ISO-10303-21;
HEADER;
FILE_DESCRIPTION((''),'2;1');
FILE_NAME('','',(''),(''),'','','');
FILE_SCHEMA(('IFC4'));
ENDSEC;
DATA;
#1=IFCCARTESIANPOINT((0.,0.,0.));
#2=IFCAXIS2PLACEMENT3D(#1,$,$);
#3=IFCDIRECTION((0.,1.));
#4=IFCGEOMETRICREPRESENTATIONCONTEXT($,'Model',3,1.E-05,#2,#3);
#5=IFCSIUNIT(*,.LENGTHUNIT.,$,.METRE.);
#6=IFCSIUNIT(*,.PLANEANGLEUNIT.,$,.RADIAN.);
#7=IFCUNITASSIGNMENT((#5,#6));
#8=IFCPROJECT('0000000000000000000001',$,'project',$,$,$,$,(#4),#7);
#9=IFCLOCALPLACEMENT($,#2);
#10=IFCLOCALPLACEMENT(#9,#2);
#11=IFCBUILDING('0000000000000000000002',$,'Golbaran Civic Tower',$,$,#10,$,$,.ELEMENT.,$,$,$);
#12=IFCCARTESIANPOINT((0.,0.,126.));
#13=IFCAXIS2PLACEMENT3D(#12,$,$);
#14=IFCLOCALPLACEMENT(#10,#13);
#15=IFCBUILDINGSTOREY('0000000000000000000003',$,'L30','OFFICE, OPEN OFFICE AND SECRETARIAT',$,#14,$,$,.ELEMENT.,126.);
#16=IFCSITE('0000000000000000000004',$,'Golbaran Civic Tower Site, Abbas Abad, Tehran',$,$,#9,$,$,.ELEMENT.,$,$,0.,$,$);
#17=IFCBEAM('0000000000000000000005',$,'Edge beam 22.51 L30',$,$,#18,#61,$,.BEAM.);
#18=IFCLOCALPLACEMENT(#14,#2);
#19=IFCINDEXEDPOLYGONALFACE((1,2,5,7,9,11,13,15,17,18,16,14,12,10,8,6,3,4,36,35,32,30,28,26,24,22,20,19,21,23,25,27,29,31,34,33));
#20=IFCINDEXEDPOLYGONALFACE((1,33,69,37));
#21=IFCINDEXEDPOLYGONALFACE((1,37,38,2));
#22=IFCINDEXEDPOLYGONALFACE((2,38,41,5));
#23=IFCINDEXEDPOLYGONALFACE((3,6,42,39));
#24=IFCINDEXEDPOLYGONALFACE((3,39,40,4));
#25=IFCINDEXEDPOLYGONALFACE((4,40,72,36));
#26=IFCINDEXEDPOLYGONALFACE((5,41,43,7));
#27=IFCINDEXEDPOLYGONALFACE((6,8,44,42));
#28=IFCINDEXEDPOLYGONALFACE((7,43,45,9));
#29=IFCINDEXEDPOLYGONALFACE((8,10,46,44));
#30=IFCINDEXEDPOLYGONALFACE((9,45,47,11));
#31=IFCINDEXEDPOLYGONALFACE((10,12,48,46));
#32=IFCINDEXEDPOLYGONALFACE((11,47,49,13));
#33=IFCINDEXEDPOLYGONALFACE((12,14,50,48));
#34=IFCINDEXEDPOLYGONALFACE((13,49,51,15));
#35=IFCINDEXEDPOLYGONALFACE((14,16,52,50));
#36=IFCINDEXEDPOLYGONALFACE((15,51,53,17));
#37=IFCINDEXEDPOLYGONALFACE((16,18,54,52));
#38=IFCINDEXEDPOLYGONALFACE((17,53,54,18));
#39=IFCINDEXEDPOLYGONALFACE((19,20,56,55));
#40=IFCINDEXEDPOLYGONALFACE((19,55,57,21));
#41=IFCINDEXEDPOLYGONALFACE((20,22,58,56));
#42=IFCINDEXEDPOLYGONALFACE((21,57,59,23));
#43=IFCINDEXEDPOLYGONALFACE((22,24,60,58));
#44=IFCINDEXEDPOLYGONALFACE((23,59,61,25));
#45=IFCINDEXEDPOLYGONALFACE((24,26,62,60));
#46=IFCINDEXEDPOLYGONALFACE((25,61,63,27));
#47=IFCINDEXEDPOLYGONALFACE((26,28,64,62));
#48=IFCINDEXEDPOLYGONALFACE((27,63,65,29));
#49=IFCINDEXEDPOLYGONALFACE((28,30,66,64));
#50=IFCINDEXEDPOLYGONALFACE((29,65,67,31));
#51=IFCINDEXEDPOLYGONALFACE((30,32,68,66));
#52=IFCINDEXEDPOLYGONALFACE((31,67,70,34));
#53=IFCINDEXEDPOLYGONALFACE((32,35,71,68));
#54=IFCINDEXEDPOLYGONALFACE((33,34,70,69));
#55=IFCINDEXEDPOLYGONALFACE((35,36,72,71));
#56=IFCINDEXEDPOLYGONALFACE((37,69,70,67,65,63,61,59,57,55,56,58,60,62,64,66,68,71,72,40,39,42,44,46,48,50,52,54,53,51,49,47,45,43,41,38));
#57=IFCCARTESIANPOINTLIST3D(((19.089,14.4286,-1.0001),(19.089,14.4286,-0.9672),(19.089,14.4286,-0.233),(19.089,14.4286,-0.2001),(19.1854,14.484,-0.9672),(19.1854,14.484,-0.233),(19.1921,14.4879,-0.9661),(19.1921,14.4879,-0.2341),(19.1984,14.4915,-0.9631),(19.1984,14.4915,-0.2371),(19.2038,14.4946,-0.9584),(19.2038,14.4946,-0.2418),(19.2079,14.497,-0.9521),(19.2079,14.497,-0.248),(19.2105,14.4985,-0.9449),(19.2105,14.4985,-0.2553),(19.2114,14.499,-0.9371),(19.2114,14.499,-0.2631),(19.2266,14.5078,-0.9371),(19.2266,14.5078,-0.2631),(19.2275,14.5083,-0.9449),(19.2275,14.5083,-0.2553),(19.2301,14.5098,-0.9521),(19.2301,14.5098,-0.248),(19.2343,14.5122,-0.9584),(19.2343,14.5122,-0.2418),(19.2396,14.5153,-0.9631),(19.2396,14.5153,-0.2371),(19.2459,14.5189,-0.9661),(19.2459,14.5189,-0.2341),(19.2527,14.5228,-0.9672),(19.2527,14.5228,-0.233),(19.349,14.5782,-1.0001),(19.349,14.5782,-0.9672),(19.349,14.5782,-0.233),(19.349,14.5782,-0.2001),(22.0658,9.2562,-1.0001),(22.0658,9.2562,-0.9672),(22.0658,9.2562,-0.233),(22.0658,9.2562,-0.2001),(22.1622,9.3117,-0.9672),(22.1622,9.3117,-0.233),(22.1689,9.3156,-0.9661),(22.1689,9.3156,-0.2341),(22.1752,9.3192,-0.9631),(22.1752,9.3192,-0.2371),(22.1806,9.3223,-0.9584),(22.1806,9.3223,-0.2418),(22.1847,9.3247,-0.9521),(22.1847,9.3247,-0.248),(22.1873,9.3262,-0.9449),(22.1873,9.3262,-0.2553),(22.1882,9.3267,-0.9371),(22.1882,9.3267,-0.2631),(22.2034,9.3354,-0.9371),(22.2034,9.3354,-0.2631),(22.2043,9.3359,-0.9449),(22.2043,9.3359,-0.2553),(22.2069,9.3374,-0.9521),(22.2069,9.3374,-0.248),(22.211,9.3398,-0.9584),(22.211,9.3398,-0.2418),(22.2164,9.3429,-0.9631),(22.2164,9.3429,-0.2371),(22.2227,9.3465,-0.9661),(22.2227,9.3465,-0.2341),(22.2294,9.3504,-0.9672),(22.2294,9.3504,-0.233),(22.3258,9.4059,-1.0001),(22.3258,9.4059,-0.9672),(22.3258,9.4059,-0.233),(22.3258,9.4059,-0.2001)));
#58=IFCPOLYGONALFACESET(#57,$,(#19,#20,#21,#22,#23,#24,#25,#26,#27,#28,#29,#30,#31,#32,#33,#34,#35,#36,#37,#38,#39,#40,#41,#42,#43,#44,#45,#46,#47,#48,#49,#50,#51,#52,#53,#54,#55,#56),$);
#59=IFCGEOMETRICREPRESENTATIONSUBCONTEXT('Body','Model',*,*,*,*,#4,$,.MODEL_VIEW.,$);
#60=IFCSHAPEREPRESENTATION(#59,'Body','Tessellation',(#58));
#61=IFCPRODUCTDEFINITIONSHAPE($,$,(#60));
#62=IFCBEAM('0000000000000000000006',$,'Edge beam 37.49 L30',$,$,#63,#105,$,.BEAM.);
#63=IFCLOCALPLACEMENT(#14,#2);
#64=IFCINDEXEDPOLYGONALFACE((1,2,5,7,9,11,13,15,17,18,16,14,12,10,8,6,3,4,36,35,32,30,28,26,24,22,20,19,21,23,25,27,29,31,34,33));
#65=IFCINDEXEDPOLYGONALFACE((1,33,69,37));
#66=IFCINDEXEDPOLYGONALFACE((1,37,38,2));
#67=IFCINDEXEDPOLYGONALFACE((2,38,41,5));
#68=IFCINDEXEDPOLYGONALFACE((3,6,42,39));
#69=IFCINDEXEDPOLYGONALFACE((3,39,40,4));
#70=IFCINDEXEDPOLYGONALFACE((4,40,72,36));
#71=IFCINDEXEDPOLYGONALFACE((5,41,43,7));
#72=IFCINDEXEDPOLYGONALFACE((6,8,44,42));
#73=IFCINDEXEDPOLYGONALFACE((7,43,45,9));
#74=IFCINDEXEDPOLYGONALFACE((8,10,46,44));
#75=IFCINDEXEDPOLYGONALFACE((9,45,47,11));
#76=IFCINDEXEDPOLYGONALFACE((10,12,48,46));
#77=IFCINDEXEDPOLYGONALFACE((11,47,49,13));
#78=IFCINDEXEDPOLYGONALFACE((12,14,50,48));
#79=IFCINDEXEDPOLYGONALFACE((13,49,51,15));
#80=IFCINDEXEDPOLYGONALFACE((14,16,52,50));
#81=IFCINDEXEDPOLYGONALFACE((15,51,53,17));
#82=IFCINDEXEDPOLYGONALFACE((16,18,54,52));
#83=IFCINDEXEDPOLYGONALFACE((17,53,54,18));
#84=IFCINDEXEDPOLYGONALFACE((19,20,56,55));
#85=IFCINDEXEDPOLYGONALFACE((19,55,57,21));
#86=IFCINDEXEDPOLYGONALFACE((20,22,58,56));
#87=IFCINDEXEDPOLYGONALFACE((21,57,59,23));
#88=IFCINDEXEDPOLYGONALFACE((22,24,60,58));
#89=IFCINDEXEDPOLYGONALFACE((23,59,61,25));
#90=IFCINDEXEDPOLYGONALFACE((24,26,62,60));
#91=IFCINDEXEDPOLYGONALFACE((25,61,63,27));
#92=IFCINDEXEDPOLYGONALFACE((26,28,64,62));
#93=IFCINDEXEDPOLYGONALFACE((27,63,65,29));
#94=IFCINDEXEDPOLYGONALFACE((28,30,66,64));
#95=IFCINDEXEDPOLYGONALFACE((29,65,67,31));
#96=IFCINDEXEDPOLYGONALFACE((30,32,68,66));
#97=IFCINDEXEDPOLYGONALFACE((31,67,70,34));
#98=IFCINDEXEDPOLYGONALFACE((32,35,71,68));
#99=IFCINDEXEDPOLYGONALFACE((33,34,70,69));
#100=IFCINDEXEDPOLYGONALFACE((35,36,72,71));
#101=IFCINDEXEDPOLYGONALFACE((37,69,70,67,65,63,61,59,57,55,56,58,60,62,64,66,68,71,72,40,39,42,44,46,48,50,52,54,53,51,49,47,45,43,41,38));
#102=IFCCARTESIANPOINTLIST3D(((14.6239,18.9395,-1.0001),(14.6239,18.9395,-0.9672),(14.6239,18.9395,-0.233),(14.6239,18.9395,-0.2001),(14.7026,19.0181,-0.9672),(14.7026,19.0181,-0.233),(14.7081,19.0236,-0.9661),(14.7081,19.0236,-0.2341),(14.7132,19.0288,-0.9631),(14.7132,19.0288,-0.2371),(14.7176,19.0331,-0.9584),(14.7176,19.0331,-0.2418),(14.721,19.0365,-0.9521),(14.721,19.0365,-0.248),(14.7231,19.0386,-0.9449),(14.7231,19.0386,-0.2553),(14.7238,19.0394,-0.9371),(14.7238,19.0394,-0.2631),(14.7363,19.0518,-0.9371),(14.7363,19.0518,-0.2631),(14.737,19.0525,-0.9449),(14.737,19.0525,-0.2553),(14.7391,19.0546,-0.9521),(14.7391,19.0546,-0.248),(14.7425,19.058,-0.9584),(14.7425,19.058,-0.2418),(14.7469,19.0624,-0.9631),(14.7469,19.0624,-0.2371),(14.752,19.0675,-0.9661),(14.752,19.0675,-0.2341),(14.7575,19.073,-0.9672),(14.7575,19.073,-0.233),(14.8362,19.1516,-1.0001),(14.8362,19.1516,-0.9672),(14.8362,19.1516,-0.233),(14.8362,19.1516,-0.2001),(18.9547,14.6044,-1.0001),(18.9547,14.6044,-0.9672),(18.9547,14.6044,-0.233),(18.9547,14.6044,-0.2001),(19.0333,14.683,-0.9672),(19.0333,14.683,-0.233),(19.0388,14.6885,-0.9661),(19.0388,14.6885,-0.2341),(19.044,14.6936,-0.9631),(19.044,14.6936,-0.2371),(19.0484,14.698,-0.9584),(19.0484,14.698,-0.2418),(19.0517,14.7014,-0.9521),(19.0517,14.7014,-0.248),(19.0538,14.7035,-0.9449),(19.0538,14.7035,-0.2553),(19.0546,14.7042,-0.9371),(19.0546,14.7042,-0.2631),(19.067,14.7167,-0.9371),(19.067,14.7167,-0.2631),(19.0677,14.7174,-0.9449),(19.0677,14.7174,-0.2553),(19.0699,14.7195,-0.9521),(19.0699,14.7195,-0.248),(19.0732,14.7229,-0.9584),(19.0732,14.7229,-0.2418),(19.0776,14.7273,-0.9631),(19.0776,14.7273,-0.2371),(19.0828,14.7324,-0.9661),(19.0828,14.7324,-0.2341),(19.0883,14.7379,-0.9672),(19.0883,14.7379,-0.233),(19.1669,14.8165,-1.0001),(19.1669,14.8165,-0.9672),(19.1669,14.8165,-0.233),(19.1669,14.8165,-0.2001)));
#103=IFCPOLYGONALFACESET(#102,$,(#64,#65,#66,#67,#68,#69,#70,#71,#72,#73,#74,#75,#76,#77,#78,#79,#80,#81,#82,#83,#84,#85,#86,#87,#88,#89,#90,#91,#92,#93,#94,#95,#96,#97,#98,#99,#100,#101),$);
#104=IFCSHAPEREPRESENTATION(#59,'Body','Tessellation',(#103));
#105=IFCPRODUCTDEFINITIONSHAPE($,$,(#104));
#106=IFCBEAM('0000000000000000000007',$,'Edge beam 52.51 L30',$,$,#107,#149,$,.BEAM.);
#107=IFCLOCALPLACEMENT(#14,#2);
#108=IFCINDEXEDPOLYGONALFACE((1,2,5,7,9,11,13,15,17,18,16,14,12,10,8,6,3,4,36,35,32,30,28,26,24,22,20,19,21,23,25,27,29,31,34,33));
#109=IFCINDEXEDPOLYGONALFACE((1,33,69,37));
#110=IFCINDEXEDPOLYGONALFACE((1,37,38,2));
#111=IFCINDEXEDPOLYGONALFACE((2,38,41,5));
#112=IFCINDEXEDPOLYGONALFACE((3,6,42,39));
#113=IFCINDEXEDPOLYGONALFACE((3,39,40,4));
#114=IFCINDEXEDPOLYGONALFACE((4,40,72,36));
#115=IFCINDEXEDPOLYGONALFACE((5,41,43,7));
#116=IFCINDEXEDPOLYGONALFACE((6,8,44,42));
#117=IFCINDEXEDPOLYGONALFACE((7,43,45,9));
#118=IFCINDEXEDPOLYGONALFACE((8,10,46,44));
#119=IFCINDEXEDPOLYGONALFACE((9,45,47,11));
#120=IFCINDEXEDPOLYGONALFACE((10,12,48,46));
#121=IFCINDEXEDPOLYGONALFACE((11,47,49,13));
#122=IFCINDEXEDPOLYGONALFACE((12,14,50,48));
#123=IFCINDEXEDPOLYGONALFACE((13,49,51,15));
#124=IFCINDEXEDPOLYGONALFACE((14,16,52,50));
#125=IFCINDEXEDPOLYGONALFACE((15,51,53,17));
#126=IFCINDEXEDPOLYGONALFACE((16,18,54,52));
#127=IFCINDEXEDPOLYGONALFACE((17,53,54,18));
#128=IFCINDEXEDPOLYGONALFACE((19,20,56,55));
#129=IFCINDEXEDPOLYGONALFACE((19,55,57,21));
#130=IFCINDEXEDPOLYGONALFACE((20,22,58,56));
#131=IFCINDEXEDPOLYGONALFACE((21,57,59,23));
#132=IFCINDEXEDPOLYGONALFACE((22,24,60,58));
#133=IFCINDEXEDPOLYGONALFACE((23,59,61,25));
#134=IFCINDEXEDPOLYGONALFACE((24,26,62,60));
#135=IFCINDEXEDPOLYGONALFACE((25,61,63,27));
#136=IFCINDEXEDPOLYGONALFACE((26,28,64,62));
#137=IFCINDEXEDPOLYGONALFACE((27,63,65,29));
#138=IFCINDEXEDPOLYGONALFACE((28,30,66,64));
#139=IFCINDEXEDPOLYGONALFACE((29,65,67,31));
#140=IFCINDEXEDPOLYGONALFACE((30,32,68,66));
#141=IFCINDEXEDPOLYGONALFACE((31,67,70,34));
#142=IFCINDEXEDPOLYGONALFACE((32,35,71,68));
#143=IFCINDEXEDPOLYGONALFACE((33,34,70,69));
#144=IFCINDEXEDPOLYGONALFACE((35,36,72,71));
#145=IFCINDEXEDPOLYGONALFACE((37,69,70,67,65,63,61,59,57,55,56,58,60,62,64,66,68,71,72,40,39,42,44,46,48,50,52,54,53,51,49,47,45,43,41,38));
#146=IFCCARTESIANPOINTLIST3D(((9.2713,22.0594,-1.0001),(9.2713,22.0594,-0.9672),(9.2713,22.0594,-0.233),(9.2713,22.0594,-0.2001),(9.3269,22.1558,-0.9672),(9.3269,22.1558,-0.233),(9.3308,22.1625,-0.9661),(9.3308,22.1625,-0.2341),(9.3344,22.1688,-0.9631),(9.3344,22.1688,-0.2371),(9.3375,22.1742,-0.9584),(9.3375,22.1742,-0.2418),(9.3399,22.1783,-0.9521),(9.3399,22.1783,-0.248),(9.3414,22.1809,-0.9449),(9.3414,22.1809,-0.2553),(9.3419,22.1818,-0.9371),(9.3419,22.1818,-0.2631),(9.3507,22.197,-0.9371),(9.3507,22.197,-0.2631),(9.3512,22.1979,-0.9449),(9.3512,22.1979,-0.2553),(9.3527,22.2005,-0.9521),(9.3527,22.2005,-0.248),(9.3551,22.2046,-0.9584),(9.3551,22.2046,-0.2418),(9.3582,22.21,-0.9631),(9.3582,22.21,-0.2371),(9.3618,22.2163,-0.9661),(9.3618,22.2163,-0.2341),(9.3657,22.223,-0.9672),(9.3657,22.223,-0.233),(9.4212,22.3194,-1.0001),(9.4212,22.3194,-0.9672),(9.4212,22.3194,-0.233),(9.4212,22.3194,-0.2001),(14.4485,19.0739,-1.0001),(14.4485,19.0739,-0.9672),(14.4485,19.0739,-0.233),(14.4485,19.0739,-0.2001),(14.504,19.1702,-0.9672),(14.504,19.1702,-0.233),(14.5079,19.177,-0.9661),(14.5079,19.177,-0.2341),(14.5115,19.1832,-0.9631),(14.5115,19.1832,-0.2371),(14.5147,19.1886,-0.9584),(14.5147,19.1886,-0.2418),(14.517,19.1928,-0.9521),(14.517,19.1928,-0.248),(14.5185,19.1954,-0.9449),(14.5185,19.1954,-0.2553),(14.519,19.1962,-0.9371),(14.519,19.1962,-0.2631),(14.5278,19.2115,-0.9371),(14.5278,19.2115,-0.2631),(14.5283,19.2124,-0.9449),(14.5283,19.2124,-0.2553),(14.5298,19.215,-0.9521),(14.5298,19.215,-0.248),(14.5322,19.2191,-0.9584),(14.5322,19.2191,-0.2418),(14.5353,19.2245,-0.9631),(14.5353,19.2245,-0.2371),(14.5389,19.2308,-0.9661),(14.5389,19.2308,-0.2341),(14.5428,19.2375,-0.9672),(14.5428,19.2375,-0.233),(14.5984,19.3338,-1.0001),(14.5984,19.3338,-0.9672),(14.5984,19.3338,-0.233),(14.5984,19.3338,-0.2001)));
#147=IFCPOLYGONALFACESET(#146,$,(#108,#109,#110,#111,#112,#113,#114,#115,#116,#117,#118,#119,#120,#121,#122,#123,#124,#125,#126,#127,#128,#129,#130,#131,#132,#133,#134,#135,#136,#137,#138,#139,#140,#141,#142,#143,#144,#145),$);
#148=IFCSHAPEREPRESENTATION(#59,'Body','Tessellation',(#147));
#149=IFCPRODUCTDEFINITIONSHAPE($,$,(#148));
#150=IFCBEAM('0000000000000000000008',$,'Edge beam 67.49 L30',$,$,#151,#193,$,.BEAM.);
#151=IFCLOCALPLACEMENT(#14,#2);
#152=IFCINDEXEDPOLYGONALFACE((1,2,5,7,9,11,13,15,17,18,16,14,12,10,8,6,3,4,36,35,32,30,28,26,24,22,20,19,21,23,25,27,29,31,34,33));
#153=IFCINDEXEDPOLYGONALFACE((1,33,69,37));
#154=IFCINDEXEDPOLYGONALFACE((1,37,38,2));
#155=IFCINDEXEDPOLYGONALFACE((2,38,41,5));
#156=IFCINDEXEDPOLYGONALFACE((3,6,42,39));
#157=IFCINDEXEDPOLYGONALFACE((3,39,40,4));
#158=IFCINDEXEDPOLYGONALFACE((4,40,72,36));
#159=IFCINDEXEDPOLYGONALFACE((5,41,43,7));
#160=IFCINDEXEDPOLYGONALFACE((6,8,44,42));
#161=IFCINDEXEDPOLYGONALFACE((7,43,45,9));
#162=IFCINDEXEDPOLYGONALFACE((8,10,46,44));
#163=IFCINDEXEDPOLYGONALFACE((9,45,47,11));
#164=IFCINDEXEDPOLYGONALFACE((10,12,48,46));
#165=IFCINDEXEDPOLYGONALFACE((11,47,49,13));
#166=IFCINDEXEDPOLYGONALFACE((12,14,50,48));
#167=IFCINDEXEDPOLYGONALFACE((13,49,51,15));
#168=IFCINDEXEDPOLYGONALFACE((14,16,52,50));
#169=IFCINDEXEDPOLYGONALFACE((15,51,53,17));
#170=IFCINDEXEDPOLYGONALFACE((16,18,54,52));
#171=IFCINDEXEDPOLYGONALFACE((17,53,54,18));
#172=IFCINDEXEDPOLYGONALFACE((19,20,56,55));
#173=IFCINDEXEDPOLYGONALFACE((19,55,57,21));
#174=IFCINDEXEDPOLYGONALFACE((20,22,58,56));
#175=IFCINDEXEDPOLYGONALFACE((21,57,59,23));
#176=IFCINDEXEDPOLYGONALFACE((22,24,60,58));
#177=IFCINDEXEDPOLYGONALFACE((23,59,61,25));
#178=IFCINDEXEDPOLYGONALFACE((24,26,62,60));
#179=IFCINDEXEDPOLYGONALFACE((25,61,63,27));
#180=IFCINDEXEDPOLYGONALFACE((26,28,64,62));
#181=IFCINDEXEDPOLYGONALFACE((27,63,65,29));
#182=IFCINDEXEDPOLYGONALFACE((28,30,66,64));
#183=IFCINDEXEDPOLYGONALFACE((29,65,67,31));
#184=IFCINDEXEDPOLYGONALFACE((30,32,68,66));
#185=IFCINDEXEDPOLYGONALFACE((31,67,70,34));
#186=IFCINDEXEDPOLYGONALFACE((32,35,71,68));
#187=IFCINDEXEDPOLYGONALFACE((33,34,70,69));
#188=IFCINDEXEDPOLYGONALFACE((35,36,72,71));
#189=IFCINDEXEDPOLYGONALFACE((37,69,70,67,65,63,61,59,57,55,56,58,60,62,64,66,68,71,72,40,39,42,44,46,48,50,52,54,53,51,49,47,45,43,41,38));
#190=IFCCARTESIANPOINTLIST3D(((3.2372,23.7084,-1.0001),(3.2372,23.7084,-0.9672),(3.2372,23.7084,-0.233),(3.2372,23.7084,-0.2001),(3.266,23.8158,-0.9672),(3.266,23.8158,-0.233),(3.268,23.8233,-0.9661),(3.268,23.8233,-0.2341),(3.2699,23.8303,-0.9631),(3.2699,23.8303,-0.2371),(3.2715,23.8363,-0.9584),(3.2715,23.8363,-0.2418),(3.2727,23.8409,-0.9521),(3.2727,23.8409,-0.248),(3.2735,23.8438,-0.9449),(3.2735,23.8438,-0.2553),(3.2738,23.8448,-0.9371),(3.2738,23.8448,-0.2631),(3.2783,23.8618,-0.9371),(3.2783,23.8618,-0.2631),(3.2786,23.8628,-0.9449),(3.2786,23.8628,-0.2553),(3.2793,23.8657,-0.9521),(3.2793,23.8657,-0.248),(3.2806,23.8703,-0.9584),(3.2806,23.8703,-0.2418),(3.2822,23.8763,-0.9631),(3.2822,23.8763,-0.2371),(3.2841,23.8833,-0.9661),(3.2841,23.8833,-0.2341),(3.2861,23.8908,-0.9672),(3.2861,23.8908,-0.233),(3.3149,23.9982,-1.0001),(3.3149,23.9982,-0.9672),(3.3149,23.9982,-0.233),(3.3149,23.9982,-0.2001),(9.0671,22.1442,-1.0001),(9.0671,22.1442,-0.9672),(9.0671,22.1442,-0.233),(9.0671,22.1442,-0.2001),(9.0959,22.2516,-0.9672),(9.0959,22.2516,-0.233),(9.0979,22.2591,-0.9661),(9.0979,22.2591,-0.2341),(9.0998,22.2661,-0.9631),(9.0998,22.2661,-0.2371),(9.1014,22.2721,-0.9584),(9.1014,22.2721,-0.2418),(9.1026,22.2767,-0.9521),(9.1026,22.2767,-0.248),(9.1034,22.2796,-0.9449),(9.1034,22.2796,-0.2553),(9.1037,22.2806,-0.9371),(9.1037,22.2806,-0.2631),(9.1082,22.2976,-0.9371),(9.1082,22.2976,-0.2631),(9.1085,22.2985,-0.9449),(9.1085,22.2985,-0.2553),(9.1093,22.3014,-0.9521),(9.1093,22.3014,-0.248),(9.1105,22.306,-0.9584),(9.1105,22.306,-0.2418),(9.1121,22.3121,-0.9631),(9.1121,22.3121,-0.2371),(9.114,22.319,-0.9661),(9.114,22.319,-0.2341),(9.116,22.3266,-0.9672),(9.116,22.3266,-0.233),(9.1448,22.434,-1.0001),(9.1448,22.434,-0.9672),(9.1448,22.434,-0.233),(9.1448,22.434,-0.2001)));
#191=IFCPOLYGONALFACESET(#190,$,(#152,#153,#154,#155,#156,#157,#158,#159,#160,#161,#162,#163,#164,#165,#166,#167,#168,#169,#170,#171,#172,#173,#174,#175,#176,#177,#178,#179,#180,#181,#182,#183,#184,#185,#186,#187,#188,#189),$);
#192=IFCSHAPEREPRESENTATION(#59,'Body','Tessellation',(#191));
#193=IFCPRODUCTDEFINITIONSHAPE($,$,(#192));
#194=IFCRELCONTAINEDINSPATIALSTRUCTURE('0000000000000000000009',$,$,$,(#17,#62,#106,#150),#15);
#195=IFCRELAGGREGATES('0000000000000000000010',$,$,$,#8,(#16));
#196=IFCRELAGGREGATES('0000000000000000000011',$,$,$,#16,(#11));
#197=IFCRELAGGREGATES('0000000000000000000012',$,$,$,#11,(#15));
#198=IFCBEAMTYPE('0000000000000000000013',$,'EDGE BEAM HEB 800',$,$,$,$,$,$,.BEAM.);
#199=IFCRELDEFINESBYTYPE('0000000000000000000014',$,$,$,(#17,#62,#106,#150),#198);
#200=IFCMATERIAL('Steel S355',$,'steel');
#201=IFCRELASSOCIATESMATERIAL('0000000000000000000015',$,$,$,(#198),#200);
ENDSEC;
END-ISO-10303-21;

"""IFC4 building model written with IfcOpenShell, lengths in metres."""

from ifc_helpers import new_model, si_unit, direction, frame, origin, origin_2d, place, context, subcontext, project, spatial, i_section, extrude, material, material_profile, profile_set, type_object, element, save


model = new_model("IFC4")

# Units and contexts
model_context = context("Model", 3, precision=1e-05, world=origin(), true_north=direction((0.0, 1.0)))
body_context = subcontext(model_context, "Body", "Model", "MODEL_VIEW")
ifc_project = project(units=[si_unit("LENGTHUNIT", "METRE"), si_unit("PLANEANGLEUNIT", "RADIAN")], contexts=[model_context])

# Site, building, storey
site_placement = place(None, origin())
site = spatial("IfcSite", under=ifc_project, at=site_placement, Name="Golbaran Civic Tower Site, Abbas Abad, Tehran", CompositionType="ELEMENT", RefElevation=0.0)
building_placement = place(site_placement, origin())
building = spatial("IfcBuilding", under=site, at=building_placement, Name="Golbaran Civic Tower", CompositionType="ELEMENT")
storey_placement = place(building_placement, frame((0.0, 0.0, 126.0)))
storey = spatial("IfcBuildingStorey", under=building, at=storey_placement, Name="L30", Description="OFFICE, OPEN OFFICE AND SECRETARIAT", CompositionType="ELEMENT", Elevation=126.0)

# Beams
ifc_material_1 = material(Name="Steel S355", Category="steel")
ifc_material_profile_1 = material_profile(ifc_material_1, i_section(OverallWidth=0.3, OverallDepth=0.8, WebThickness=0.0176, FlangeThickness=0.033, FilletRadius=0.03, at=origin_2d()), Name="HEB 800")
ifc_profile_set_1 = profile_set([ifc_material_profile_1], Name="Steel S355")
beam_type_1 = type_object("IfcBeamType", Name="EDGE BEAM HEB 800", PredefinedType="BEAM", material=ifc_profile_set_1)
beam_1_placement = place(storey_placement, frame((22.1958, 9.3311, -0.6001), z_axis=(-0.498811, 0.866711, 0.0), x_axis=(-0.866711, -0.498811, 0.0)))
element("IfcBeam", 1, at=beam_1_placement, inside=storey, type_object=beam_type_1, Name="Edge beam 22.51 L30", PredefinedType="BEAM", context=body_context, shape_type="SweptSolid", body=[
    extrude(i_section(OverallWidth=0.3, OverallDepth=0.8, WebThickness=0.0176, FlangeThickness=0.033, FilletRadius=0.03, at=origin_2d()), origin(), (0.0, 0.0, 1.0), 5.9678),
])
beam_2_placement = place(storey_placement, frame((19.0608, 14.7104, -0.6001), z_axis=(-0.706748, 0.707465, 0.0), x_axis=(-0.707465, -0.706748, 0.0)))
element("IfcBeam", 2, at=beam_2_placement, inside=storey, type_object=beam_type_1, Name="Edge beam 37.49 L30", PredefinedType="BEAM", context=body_context, shape_type="SweptSolid", body=[
    extrude(i_section(OverallWidth=0.3, OverallDepth=0.8, WebThickness=0.0176, FlangeThickness=0.033, FilletRadius=0.03, at=origin_2d()), origin(), (0.0, 0.0, 1.0), 6.1277),
])
beam_3_placement = place(storey_placement, frame((14.5234, 19.2039, -0.6001), z_axis=(-0.866278, 0.499562, 0.0), x_axis=(-0.499562, -0.866278, 0.0)))
element("IfcBeam", 3, at=beam_3_placement, inside=storey, type_object=beam_type_1, Name="Edge beam 52.51 L30", PredefinedType="BEAM", context=body_context, shape_type="SweptSolid", body=[
    extrude(i_section(OverallWidth=0.3, OverallDepth=0.8, WebThickness=0.0176, FlangeThickness=0.033, FilletRadius=0.03, at=origin_2d()), origin(), (0.0, 0.0, 1.0), 5.9763),
])
beam_4_placement = place(storey_placement, frame((9.106, 22.2891, -0.6001), z_axis=(-0.965838, 0.259145, 0.0), x_axis=(-0.259145, -0.965838, 0.0)))
element("IfcBeam", 4, at=beam_4_placement, inside=storey, type_object=beam_type_1, Name="Edge beam 67.49 L30", PredefinedType="BEAM", context=body_context, shape_type="SweptSolid", body=[
    extrude(i_section(OverallWidth=0.3, OverallDepth=0.8, WebThickness=0.0176, FlangeThickness=0.033, FilletRadius=0.03, at=origin_2d()), origin(), (0.0, 0.0, 1.0), 6.0361),
])

save(model, "model.ifc")
